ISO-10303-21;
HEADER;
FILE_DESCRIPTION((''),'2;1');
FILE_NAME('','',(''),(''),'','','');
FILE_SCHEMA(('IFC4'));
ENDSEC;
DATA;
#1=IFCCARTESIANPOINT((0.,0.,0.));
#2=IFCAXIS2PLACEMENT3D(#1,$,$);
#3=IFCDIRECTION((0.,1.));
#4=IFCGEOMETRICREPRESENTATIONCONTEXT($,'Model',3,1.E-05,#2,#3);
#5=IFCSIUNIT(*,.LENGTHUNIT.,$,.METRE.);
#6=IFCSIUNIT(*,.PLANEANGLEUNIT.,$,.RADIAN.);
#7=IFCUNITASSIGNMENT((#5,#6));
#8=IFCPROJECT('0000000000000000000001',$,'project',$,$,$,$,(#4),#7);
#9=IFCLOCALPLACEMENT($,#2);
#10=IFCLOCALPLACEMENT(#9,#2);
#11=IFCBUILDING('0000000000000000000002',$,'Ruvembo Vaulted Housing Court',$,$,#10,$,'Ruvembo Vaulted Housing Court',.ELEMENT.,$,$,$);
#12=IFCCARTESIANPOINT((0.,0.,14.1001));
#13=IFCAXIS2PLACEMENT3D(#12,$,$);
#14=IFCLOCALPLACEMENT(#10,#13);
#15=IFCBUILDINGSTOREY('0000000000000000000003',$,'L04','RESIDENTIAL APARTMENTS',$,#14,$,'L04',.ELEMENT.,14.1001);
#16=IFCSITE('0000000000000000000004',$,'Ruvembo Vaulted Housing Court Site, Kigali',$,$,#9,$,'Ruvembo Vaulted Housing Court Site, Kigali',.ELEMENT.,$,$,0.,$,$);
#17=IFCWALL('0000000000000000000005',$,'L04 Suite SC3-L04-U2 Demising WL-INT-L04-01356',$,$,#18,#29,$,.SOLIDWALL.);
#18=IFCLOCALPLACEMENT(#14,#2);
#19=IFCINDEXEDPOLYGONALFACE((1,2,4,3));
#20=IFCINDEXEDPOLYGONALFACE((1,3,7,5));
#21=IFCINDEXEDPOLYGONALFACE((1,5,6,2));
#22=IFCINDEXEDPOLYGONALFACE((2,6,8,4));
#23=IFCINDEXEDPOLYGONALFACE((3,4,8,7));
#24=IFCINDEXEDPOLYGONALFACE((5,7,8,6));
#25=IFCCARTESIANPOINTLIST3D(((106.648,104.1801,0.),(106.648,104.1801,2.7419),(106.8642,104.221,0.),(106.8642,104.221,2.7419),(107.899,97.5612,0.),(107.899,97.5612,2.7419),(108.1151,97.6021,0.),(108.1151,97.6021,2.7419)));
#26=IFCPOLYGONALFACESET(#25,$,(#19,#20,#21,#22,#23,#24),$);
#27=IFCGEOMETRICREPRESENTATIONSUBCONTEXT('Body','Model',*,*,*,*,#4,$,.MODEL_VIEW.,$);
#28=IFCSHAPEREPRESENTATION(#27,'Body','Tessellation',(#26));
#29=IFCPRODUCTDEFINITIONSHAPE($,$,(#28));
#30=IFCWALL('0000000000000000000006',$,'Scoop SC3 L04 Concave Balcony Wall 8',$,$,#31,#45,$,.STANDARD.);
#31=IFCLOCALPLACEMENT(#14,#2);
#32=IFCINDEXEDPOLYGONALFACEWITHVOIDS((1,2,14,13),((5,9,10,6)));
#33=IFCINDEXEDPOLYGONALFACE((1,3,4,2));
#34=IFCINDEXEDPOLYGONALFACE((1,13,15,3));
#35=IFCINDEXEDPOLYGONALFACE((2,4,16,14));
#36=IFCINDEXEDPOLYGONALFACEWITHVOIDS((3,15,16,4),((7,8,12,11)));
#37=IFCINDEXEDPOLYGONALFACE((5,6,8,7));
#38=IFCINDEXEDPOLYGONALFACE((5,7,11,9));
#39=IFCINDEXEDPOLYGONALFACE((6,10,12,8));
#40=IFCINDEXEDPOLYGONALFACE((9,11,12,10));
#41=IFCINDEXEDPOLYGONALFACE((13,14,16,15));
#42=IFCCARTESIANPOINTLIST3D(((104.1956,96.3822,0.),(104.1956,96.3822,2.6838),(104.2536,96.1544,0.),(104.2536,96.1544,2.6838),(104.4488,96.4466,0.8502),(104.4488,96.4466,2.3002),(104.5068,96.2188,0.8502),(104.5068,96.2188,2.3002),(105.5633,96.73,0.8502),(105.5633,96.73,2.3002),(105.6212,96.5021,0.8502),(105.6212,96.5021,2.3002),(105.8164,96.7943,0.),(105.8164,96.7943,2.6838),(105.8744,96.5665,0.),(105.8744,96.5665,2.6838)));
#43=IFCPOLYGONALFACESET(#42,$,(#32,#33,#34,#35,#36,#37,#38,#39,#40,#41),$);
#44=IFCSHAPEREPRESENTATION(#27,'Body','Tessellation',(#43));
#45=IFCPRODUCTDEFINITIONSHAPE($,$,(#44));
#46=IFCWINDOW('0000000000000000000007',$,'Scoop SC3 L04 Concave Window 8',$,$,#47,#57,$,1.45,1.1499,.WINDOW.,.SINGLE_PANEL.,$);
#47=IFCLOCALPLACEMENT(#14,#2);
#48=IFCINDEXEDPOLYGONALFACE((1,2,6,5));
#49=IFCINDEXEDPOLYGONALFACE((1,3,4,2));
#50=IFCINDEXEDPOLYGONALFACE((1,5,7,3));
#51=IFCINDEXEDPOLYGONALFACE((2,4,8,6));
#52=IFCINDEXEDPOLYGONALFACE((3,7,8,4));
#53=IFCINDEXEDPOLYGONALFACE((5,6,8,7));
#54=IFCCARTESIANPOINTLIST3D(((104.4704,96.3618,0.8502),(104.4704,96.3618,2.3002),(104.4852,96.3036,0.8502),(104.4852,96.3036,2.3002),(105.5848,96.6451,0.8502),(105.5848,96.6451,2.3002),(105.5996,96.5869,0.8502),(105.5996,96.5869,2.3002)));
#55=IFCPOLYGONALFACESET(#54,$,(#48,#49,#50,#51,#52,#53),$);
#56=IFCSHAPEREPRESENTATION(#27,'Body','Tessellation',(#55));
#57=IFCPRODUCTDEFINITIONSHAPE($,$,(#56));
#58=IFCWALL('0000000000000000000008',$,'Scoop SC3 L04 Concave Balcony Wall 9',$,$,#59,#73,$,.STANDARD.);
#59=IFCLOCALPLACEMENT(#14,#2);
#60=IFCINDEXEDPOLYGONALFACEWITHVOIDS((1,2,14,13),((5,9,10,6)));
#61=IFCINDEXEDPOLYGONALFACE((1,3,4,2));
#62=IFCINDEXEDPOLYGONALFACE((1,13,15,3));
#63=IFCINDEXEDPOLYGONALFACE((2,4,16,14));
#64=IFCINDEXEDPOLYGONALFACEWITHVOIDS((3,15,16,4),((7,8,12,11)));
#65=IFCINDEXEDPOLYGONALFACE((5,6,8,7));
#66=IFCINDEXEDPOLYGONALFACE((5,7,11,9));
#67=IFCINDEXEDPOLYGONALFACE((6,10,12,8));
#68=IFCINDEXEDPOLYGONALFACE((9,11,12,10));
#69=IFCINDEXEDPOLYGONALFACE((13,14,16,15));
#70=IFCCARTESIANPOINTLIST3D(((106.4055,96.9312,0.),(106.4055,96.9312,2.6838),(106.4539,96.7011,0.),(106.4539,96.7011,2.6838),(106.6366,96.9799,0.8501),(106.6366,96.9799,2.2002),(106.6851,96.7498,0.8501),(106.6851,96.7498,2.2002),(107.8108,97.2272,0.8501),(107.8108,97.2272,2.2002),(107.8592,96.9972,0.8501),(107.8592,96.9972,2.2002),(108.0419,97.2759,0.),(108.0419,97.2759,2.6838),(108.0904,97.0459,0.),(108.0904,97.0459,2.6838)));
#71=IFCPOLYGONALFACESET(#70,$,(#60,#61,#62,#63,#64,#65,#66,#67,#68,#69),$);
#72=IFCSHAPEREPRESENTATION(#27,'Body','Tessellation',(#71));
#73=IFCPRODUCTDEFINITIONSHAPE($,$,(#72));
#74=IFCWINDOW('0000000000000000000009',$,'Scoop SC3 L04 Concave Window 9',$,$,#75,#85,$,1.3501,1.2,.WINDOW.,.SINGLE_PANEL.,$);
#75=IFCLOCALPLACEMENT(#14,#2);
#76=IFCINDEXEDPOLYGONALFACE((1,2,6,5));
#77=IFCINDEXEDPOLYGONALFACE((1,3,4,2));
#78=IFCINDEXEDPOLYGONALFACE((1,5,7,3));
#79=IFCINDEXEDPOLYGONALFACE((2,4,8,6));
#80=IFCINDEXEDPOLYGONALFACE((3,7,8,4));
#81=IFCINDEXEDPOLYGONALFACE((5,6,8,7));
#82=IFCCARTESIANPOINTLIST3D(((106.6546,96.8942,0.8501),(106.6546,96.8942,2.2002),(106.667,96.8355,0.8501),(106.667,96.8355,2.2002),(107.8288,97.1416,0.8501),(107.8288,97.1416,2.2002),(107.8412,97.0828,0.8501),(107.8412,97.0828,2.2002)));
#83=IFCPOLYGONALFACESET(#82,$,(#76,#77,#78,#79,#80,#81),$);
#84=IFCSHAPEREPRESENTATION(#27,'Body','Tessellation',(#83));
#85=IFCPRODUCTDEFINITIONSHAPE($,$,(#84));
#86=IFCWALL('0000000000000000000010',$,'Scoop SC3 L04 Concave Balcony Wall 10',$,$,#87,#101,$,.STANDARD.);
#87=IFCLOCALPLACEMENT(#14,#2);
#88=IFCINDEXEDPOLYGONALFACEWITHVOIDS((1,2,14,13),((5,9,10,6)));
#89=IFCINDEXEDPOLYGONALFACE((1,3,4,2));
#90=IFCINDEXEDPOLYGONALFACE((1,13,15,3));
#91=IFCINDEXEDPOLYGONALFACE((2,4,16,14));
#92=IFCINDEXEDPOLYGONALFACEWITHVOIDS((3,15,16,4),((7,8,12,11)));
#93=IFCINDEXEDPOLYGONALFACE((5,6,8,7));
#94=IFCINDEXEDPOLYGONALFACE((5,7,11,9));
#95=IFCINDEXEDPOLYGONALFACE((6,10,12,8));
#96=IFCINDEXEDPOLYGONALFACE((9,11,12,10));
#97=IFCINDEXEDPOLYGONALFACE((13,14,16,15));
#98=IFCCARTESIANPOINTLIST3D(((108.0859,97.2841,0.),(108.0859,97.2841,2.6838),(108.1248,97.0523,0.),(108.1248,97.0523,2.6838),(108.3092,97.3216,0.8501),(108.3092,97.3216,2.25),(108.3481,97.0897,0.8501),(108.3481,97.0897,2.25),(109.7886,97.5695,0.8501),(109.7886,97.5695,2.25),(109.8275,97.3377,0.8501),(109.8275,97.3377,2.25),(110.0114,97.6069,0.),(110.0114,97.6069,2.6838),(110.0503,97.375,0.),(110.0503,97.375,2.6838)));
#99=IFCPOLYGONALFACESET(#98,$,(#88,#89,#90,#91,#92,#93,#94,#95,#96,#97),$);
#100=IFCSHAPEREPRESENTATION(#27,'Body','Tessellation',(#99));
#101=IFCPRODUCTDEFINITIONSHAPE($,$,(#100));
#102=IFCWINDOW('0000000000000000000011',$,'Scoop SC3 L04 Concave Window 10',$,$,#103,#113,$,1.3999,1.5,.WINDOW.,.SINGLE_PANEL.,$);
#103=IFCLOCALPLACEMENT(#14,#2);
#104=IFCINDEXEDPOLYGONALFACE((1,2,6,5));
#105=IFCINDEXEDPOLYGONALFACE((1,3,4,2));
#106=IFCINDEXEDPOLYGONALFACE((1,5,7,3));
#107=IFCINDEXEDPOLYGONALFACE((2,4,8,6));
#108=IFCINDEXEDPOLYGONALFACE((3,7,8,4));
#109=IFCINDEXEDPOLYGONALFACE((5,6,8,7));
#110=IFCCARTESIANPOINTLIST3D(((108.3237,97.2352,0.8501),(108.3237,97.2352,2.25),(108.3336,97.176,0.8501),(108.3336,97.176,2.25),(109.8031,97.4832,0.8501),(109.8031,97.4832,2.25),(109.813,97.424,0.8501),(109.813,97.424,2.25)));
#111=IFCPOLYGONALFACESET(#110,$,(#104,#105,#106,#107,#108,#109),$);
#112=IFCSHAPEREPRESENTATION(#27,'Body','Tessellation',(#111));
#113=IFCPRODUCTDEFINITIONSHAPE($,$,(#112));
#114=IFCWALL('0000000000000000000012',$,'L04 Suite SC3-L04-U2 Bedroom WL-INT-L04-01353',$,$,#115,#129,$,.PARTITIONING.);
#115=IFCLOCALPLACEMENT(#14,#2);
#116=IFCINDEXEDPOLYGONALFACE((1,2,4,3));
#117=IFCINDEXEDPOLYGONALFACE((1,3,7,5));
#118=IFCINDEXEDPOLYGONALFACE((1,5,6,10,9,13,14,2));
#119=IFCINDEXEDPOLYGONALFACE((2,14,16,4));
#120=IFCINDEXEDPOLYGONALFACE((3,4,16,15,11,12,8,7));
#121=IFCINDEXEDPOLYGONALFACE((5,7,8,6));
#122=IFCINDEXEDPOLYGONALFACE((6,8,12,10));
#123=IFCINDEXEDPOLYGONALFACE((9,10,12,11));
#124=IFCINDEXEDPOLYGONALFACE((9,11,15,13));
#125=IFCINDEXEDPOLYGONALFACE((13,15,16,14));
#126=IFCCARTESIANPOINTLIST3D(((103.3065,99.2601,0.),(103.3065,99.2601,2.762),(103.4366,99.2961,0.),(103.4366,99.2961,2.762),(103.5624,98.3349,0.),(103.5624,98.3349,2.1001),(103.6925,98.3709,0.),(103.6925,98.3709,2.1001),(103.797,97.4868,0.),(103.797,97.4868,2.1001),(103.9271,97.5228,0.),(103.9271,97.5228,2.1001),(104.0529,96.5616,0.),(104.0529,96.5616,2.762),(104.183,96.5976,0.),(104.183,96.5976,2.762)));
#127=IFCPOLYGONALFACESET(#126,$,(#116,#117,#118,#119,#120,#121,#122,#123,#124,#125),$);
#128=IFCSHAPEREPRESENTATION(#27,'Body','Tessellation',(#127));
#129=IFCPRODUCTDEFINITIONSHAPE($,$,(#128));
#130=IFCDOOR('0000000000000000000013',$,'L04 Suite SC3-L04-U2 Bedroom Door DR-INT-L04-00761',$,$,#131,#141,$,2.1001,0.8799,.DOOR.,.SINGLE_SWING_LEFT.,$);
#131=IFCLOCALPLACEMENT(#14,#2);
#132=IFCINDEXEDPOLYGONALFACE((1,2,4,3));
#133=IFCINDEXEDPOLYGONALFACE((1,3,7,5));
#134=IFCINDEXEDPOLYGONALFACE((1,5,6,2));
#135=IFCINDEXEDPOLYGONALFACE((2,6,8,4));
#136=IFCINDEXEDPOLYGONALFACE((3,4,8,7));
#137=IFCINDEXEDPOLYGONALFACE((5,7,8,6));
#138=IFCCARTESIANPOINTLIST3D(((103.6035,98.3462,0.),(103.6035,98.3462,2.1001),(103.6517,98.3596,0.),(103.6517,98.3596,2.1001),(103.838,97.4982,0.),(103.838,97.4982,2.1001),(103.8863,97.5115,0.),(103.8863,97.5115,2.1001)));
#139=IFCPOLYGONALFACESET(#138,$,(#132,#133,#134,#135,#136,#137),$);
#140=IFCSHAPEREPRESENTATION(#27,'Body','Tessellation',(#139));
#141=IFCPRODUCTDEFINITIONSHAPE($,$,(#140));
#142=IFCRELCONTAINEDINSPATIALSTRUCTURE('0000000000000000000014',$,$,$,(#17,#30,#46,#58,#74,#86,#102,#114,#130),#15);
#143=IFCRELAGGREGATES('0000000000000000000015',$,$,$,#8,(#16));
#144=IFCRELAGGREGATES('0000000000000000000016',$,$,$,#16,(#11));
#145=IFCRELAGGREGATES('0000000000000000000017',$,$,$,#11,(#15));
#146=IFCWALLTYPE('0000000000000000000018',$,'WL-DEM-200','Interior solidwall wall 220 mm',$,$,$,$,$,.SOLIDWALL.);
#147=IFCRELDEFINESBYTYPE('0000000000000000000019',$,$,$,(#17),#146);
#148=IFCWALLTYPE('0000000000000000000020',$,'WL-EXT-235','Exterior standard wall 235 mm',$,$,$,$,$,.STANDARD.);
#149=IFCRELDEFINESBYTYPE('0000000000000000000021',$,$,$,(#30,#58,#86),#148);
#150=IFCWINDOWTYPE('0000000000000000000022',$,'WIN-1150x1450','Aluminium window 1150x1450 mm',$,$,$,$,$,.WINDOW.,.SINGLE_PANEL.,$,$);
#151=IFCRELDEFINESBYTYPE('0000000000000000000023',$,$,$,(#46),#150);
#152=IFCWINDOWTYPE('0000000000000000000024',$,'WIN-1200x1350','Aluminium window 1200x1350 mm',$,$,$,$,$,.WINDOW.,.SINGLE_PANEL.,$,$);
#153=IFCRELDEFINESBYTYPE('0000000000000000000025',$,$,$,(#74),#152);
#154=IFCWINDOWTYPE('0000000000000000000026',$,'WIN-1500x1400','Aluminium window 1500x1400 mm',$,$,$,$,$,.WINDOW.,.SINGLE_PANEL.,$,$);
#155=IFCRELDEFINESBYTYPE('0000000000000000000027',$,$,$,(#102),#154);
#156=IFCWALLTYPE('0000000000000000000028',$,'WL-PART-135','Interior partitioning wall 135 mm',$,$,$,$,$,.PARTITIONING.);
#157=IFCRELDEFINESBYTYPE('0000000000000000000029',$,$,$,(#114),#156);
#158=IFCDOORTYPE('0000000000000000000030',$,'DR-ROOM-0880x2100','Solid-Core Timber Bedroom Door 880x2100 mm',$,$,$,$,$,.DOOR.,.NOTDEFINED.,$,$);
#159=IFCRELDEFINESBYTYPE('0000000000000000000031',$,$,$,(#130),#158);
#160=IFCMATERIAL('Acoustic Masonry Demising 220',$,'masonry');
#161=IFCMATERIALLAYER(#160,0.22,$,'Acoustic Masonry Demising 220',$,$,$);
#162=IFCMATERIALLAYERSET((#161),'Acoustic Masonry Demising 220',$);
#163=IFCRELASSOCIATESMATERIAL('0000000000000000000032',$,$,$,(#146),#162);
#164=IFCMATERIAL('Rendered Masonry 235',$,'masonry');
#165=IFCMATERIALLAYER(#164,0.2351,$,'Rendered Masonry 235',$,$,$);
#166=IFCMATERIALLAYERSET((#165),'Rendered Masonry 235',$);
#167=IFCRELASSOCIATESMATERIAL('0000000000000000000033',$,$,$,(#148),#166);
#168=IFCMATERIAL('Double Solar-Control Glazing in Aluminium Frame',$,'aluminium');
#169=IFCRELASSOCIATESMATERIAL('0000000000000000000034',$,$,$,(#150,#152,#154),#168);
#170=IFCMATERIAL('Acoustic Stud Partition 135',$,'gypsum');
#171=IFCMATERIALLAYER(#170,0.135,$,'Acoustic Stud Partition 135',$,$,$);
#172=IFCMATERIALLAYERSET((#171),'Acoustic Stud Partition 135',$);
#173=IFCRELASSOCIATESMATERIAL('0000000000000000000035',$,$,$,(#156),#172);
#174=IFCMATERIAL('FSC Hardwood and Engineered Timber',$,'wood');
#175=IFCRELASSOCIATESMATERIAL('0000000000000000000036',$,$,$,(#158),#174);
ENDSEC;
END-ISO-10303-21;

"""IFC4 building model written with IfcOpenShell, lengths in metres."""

from ifc_helpers import new_model, si_unit, direction, frame, frame_2d, origin, place, context, subcontext, project, spatial, rectangle, extrude, material, layer, layer_set, type_object, element, fill, save


model = new_model("IFC4")

# Units and contexts
model_context = context("Model", 3, precision=1e-05, world=origin(), true_north=direction((0.0, 1.0)))
body_context = subcontext(model_context, "Body", "Model", "MODEL_VIEW")
ifc_project = project(units=[si_unit("LENGTHUNIT", "METRE"), si_unit("PLANEANGLEUNIT", "RADIAN")], contexts=[model_context])

# Site, building, storey
site_placement = place(None, origin())
site = spatial("IfcSite", under=ifc_project, at=site_placement, Name="Ruvembo Vaulted Housing Court Site, Kigali", LongName="Ruvembo Vaulted Housing Court Site, Kigali", CompositionType="ELEMENT", RefElevation=0.0)
building_placement = place(site_placement, origin())
building = spatial("IfcBuilding", under=site, at=building_placement, Name="Ruvembo Vaulted Housing Court", LongName="Ruvembo Vaulted Housing Court", CompositionType="ELEMENT")
storey_placement = place(building_placement, frame((0.0, 0.0, 14.1001)))
storey = spatial("IfcBuildingStorey", under=building, at=storey_placement, Name="L04", Description="RESIDENTIAL APARTMENTS", LongName="L04", CompositionType="ELEMENT", Elevation=14.1001)

# Wall
ifc_material_1 = material(Name="Acoustic Masonry Demising 220", Category="masonry")
ifc_layer_1 = layer(ifc_material_1, 0.22, Name="Acoustic Masonry Demising 220")
ifc_layer_set_1 = layer_set([ifc_layer_1], Name="Acoustic Masonry Demising 220")
wall_type_1 = type_object("IfcWallType", Name="WL-DEM-200", Description="Interior solidwall wall 220 mm", PredefinedType="SOLIDWALL", material=ifc_layer_set_1)
wall_1_placement = place(storey_placement, frame((108.0071, 97.5815, 0.0), z_axis=(0.0, 0.0, 1.0), x_axis=(-0.185713, 0.982604, 0.0)))
element("IfcWall", 1, at=wall_1_placement, inside=storey, type_object=wall_type_1, Name="L04 Suite SC3-L04-U2 Demising WL-INT-L04-01356", PredefinedType="SOLIDWALL", context=body_context, shape_type="SweptSolid", body=[
    extrude(rectangle(XDim=6.7361, YDim=0.22, at=frame_2d((3.3682, 0.0))), origin(), (0.0, 0.0, 1.0), 2.7419),
])

# Walls, openings, windows
ifc_material_2 = material(Name="Rendered Masonry 235", Category="masonry")
ifc_layer_2 = layer(ifc_material_2, 0.2351, Name="Rendered Masonry 235")
ifc_layer_set_2 = layer_set([ifc_layer_2], Name="Rendered Masonry 235")
wall_type_2 = type_object("IfcWallType", Name="WL-EXT-235", Description="Exterior standard wall 235 mm", PredefinedType="STANDARD", material=ifc_layer_set_2)
wall_2_placement = place(storey_placement, frame((104.2246, 96.2683, 0.0), z_axis=(0.0, 0.0, 1.0), x_axis=(0.969164, 0.246415, 0.0)))
wall_2 = element("IfcWall", 2, at=wall_2_placement, inside=storey, type_object=wall_type_2, Name="Scoop SC3 L04 Concave Balcony Wall 8", PredefinedType="STANDARD", context=body_context, shape_type="SweptSolid", body=[
    extrude(rectangle(XDim=1.6724, YDim=0.2351, at=frame_2d((0.8362, 0.0))), origin(), (0.0, 0.0, 1.0), 2.6838),
])
opening_1_placement = place(wall_2_placement, frame((0.2612, 0.0, 0.8501)))
opening_1 = element("IfcOpeningElement", 3, at=opening_1_placement, cuts=wall_2, PredefinedType="OPENING", context=body_context, shape_type="SweptSolid", body=[
    extrude(rectangle(XDim=1.1499, YDim=1.45, at=frame_2d((0.575, 0.7251))), frame((0.0, 0.1274, 0.0), z_axis=(0.0, -1.0, 0.0), x_axis=(1.0, 0.0, 0.0)), (0.0, 0.0, 1.0), 0.2551),
])
ifc_material_3 = material(Name="Double Solar-Control Glazing in Aluminium Frame", Category="aluminium")
window_type_1 = type_object("IfcWindowType", Name="WIN-1150x1450", Description="Aluminium window 1150x1450 mm", PartitioningType="SINGLE_PANEL", PredefinedType="WINDOW", material=ifc_material_3)
window_1_placement = place(opening_1_placement, origin())
window_1 = element("IfcWindow", 4, at=window_1_placement, inside=storey, type_object=window_type_1, Name="Scoop SC3 L04 Concave Window 8", OverallHeight=1.45, OverallWidth=1.1499, PartitioningType="SINGLE_PANEL", PredefinedType="WINDOW", context=body_context, shape_type="SweptSolid", body=[
    extrude(rectangle(XDim=1.1499, YDim=1.45, at=frame_2d((0.575, 0.7251))), frame((0.0, 0.03, 0.0), z_axis=(0.0, -1.0, 0.0), x_axis=(1.0, 0.0, 0.0)), (0.0, 0.0, 1.0), 0.0601),
])
fill(opening_1, window_1)
wall_3_placement = place(storey_placement, frame((106.4297, 96.8162, 0.0), z_axis=(0.0, 0.0, 1.0), x_axis=(0.978525, 0.206128, 0.0)))
wall_3 = element("IfcWall", 5, at=wall_3_placement, inside=storey, type_object=wall_type_2, Name="Scoop SC3 L04 Concave Balcony Wall 9", PredefinedType="STANDARD", context=body_context, shape_type="SweptSolid", body=[
    extrude(rectangle(XDim=1.6724, YDim=0.2351, at=frame_2d((0.8362, 0.0))), origin(), (0.0, 0.0, 1.0), 2.6838),
])
opening_2_placement = place(wall_3_placement, frame((0.2361, 0.0, 0.8501)))
opening_2 = element("IfcOpeningElement", 6, at=opening_2_placement, cuts=wall_3, PredefinedType="OPENING", context=body_context, shape_type="SweptSolid", body=[
    extrude(rectangle(XDim=1.2, YDim=1.3501, at=frame_2d((0.6001, 0.675))), frame((0.0, 0.1274, 0.0), z_axis=(0.0, -1.0, 0.0), x_axis=(1.0, 0.0, 0.0)), (0.0, 0.0, 1.0), 0.2551),
])
window_type_2 = type_object("IfcWindowType", Name="WIN-1200x1350", Description="Aluminium window 1200x1350 mm", PartitioningType="SINGLE_PANEL", PredefinedType="WINDOW", material=ifc_material_3)
window_2_placement = place(opening_2_placement, origin())
window_2 = element("IfcWindow", 7, at=window_2_placement, inside=storey, type_object=window_type_2, Name="Scoop SC3 L04 Concave Window 9", OverallHeight=1.3501, OverallWidth=1.2, PartitioningType="SINGLE_PANEL", PredefinedType="WINDOW", context=body_context, shape_type="SweptSolid", body=[
    extrude(rectangle(XDim=1.2, YDim=1.3501, at=frame_2d((0.6001, 0.675))), frame((0.0, 0.03, 0.0), z_axis=(0.0, -1.0, 0.0), x_axis=(1.0, 0.0, 0.0)), (0.0, 0.0, 1.0), 0.0601),
])
fill(opening_2, window_2)
wall_4_placement = place(storey_placement, frame((108.1055, 97.1682, 0.0), z_axis=(0.0, 0.0, 1.0), x_axis=(0.986241, 0.165311, 0.0)))
wall_4 = element("IfcWall", 8, at=wall_4_placement, inside=storey, type_object=wall_type_2, Name="Scoop SC3 L04 Concave Balcony Wall 10", PredefinedType="STANDARD", context=body_context, shape_type="SweptSolid", body=[
    extrude(rectangle(XDim=1.9524, YDim=0.2351, at=frame_2d((0.9761, 0.0))), origin(), (0.0, 0.0, 1.0), 2.6838),
])
opening_3_placement = place(wall_4_placement, frame((0.2263, 0.0, 0.8501)))
opening_3 = element("IfcOpeningElement", 9, at=opening_3_placement, cuts=wall_4, PredefinedType="OPENING", context=body_context, shape_type="SweptSolid", body=[
    extrude(rectangle(XDim=1.5, YDim=1.3999, at=frame_2d((0.75, 0.7))), frame((0.0, 0.1274, 0.0), z_axis=(0.0, -1.0, 0.0), x_axis=(1.0, 0.0, 0.0)), (0.0, 0.0, 1.0), 0.2551),
])
window_type_3 = type_object("IfcWindowType", Name="WIN-1500x1400", Description="Aluminium window 1500x1400 mm", PartitioningType="SINGLE_PANEL", PredefinedType="WINDOW", material=ifc_material_3)
window_3_placement = place(opening_3_placement, origin())
window_3 = element("IfcWindow", 10, at=window_3_placement, inside=storey, type_object=window_type_3, Name="Scoop SC3 L04 Concave Window 10", OverallHeight=1.3999, OverallWidth=1.5, PartitioningType="SINGLE_PANEL", PredefinedType="WINDOW", context=body_context, shape_type="SweptSolid", body=[
    extrude(rectangle(XDim=1.5, YDim=1.3999, at=frame_2d((0.75, 0.7))), frame((0.0, 0.03, 0.0), z_axis=(0.0, -1.0, 0.0), x_axis=(1.0, 0.0, 0.0)), (0.0, 0.0, 1.0), 0.0601),
])
fill(opening_3, window_3)

# Wall, opening, door
ifc_material_4 = material(Name="Acoustic Stud Partition 135", Category="gypsum")
ifc_layer_3 = layer(ifc_material_4, 0.135, Name="Acoustic Stud Partition 135")
ifc_layer_set_3 = layer_set([ifc_layer_3], Name="Acoustic Stud Partition 135")
wall_type_3 = type_object("IfcWallType", Name="WL-PART-135", Description="Interior partitioning wall 135 mm", PredefinedType="PARTITIONING", material=ifc_layer_set_3)
wall_5_placement = place(storey_placement, frame((104.1179, 96.5796, 0.0), z_axis=(0.0, 0.0, 1.0), x_axis=(-0.266569, 0.963816, 0.0)))
wall_5 = element("IfcWall", 11, at=wall_5_placement, inside=storey, type_object=wall_type_3, Name="L04 Suite SC3-L04-U2 Bedroom WL-INT-L04-01353", PredefinedType="PARTITIONING", context=body_context, shape_type="SweptSolid", body=[
    extrude(rectangle(XDim=2.7998, YDim=0.135, at=frame_2d((1.3999, 0.0))), origin(), (0.0, 0.0, 1.0), 2.762),
])
opening_4_placement = place(wall_5_placement, frame((0.96, 0.0, 0.0)))
opening_4 = element("IfcOpeningElement", 12, at=opening_4_placement, cuts=wall_5, PredefinedType="OPENING", context=body_context, shape_type="SweptSolid", body=[
    extrude(rectangle(XDim=0.8799, YDim=2.1001, at=frame_2d((0.4399, 1.05))), frame((0.0, 0.0774, 0.0), z_axis=(0.0, -1.0, 0.0), x_axis=(1.0, 0.0, 0.0)), (0.0, 0.0, 1.0), 0.155),
])
ifc_material_5 = material(Name="FSC Hardwood and Engineered Timber", Category="wood")
door_type_1 = type_object("IfcDoorType", Name="DR-ROOM-0880x2100", Description="Solid-Core Timber Bedroom Door 880x2100 mm", OperationType="NOTDEFINED", PredefinedType="DOOR", material=ifc_material_5)
door_1_placement = place(opening_4_placement, origin())
door_1 = element("IfcDoor", 13, at=door_1_placement, inside=storey, type_object=door_type_1, Name="L04 Suite SC3-L04-U2 Bedroom Door DR-INT-L04-00761", OperationType="SINGLE_SWING_LEFT", OverallHeight=2.1001, OverallWidth=0.8799, PredefinedType="DOOR", context=body_context, shape_type="SweptSolid", body=[
    extrude(rectangle(XDim=0.8799, YDim=2.1001, at=frame_2d((0.4399, 1.05))), frame((0.0, 0.0249, 0.0), z_axis=(0.0, -1.0, 0.0), x_axis=(1.0, 0.0, 0.0)), (0.0, 0.0, 1.0), 0.05),
])
fill(opening_4, door_1)

save(model, "model.ifc")
